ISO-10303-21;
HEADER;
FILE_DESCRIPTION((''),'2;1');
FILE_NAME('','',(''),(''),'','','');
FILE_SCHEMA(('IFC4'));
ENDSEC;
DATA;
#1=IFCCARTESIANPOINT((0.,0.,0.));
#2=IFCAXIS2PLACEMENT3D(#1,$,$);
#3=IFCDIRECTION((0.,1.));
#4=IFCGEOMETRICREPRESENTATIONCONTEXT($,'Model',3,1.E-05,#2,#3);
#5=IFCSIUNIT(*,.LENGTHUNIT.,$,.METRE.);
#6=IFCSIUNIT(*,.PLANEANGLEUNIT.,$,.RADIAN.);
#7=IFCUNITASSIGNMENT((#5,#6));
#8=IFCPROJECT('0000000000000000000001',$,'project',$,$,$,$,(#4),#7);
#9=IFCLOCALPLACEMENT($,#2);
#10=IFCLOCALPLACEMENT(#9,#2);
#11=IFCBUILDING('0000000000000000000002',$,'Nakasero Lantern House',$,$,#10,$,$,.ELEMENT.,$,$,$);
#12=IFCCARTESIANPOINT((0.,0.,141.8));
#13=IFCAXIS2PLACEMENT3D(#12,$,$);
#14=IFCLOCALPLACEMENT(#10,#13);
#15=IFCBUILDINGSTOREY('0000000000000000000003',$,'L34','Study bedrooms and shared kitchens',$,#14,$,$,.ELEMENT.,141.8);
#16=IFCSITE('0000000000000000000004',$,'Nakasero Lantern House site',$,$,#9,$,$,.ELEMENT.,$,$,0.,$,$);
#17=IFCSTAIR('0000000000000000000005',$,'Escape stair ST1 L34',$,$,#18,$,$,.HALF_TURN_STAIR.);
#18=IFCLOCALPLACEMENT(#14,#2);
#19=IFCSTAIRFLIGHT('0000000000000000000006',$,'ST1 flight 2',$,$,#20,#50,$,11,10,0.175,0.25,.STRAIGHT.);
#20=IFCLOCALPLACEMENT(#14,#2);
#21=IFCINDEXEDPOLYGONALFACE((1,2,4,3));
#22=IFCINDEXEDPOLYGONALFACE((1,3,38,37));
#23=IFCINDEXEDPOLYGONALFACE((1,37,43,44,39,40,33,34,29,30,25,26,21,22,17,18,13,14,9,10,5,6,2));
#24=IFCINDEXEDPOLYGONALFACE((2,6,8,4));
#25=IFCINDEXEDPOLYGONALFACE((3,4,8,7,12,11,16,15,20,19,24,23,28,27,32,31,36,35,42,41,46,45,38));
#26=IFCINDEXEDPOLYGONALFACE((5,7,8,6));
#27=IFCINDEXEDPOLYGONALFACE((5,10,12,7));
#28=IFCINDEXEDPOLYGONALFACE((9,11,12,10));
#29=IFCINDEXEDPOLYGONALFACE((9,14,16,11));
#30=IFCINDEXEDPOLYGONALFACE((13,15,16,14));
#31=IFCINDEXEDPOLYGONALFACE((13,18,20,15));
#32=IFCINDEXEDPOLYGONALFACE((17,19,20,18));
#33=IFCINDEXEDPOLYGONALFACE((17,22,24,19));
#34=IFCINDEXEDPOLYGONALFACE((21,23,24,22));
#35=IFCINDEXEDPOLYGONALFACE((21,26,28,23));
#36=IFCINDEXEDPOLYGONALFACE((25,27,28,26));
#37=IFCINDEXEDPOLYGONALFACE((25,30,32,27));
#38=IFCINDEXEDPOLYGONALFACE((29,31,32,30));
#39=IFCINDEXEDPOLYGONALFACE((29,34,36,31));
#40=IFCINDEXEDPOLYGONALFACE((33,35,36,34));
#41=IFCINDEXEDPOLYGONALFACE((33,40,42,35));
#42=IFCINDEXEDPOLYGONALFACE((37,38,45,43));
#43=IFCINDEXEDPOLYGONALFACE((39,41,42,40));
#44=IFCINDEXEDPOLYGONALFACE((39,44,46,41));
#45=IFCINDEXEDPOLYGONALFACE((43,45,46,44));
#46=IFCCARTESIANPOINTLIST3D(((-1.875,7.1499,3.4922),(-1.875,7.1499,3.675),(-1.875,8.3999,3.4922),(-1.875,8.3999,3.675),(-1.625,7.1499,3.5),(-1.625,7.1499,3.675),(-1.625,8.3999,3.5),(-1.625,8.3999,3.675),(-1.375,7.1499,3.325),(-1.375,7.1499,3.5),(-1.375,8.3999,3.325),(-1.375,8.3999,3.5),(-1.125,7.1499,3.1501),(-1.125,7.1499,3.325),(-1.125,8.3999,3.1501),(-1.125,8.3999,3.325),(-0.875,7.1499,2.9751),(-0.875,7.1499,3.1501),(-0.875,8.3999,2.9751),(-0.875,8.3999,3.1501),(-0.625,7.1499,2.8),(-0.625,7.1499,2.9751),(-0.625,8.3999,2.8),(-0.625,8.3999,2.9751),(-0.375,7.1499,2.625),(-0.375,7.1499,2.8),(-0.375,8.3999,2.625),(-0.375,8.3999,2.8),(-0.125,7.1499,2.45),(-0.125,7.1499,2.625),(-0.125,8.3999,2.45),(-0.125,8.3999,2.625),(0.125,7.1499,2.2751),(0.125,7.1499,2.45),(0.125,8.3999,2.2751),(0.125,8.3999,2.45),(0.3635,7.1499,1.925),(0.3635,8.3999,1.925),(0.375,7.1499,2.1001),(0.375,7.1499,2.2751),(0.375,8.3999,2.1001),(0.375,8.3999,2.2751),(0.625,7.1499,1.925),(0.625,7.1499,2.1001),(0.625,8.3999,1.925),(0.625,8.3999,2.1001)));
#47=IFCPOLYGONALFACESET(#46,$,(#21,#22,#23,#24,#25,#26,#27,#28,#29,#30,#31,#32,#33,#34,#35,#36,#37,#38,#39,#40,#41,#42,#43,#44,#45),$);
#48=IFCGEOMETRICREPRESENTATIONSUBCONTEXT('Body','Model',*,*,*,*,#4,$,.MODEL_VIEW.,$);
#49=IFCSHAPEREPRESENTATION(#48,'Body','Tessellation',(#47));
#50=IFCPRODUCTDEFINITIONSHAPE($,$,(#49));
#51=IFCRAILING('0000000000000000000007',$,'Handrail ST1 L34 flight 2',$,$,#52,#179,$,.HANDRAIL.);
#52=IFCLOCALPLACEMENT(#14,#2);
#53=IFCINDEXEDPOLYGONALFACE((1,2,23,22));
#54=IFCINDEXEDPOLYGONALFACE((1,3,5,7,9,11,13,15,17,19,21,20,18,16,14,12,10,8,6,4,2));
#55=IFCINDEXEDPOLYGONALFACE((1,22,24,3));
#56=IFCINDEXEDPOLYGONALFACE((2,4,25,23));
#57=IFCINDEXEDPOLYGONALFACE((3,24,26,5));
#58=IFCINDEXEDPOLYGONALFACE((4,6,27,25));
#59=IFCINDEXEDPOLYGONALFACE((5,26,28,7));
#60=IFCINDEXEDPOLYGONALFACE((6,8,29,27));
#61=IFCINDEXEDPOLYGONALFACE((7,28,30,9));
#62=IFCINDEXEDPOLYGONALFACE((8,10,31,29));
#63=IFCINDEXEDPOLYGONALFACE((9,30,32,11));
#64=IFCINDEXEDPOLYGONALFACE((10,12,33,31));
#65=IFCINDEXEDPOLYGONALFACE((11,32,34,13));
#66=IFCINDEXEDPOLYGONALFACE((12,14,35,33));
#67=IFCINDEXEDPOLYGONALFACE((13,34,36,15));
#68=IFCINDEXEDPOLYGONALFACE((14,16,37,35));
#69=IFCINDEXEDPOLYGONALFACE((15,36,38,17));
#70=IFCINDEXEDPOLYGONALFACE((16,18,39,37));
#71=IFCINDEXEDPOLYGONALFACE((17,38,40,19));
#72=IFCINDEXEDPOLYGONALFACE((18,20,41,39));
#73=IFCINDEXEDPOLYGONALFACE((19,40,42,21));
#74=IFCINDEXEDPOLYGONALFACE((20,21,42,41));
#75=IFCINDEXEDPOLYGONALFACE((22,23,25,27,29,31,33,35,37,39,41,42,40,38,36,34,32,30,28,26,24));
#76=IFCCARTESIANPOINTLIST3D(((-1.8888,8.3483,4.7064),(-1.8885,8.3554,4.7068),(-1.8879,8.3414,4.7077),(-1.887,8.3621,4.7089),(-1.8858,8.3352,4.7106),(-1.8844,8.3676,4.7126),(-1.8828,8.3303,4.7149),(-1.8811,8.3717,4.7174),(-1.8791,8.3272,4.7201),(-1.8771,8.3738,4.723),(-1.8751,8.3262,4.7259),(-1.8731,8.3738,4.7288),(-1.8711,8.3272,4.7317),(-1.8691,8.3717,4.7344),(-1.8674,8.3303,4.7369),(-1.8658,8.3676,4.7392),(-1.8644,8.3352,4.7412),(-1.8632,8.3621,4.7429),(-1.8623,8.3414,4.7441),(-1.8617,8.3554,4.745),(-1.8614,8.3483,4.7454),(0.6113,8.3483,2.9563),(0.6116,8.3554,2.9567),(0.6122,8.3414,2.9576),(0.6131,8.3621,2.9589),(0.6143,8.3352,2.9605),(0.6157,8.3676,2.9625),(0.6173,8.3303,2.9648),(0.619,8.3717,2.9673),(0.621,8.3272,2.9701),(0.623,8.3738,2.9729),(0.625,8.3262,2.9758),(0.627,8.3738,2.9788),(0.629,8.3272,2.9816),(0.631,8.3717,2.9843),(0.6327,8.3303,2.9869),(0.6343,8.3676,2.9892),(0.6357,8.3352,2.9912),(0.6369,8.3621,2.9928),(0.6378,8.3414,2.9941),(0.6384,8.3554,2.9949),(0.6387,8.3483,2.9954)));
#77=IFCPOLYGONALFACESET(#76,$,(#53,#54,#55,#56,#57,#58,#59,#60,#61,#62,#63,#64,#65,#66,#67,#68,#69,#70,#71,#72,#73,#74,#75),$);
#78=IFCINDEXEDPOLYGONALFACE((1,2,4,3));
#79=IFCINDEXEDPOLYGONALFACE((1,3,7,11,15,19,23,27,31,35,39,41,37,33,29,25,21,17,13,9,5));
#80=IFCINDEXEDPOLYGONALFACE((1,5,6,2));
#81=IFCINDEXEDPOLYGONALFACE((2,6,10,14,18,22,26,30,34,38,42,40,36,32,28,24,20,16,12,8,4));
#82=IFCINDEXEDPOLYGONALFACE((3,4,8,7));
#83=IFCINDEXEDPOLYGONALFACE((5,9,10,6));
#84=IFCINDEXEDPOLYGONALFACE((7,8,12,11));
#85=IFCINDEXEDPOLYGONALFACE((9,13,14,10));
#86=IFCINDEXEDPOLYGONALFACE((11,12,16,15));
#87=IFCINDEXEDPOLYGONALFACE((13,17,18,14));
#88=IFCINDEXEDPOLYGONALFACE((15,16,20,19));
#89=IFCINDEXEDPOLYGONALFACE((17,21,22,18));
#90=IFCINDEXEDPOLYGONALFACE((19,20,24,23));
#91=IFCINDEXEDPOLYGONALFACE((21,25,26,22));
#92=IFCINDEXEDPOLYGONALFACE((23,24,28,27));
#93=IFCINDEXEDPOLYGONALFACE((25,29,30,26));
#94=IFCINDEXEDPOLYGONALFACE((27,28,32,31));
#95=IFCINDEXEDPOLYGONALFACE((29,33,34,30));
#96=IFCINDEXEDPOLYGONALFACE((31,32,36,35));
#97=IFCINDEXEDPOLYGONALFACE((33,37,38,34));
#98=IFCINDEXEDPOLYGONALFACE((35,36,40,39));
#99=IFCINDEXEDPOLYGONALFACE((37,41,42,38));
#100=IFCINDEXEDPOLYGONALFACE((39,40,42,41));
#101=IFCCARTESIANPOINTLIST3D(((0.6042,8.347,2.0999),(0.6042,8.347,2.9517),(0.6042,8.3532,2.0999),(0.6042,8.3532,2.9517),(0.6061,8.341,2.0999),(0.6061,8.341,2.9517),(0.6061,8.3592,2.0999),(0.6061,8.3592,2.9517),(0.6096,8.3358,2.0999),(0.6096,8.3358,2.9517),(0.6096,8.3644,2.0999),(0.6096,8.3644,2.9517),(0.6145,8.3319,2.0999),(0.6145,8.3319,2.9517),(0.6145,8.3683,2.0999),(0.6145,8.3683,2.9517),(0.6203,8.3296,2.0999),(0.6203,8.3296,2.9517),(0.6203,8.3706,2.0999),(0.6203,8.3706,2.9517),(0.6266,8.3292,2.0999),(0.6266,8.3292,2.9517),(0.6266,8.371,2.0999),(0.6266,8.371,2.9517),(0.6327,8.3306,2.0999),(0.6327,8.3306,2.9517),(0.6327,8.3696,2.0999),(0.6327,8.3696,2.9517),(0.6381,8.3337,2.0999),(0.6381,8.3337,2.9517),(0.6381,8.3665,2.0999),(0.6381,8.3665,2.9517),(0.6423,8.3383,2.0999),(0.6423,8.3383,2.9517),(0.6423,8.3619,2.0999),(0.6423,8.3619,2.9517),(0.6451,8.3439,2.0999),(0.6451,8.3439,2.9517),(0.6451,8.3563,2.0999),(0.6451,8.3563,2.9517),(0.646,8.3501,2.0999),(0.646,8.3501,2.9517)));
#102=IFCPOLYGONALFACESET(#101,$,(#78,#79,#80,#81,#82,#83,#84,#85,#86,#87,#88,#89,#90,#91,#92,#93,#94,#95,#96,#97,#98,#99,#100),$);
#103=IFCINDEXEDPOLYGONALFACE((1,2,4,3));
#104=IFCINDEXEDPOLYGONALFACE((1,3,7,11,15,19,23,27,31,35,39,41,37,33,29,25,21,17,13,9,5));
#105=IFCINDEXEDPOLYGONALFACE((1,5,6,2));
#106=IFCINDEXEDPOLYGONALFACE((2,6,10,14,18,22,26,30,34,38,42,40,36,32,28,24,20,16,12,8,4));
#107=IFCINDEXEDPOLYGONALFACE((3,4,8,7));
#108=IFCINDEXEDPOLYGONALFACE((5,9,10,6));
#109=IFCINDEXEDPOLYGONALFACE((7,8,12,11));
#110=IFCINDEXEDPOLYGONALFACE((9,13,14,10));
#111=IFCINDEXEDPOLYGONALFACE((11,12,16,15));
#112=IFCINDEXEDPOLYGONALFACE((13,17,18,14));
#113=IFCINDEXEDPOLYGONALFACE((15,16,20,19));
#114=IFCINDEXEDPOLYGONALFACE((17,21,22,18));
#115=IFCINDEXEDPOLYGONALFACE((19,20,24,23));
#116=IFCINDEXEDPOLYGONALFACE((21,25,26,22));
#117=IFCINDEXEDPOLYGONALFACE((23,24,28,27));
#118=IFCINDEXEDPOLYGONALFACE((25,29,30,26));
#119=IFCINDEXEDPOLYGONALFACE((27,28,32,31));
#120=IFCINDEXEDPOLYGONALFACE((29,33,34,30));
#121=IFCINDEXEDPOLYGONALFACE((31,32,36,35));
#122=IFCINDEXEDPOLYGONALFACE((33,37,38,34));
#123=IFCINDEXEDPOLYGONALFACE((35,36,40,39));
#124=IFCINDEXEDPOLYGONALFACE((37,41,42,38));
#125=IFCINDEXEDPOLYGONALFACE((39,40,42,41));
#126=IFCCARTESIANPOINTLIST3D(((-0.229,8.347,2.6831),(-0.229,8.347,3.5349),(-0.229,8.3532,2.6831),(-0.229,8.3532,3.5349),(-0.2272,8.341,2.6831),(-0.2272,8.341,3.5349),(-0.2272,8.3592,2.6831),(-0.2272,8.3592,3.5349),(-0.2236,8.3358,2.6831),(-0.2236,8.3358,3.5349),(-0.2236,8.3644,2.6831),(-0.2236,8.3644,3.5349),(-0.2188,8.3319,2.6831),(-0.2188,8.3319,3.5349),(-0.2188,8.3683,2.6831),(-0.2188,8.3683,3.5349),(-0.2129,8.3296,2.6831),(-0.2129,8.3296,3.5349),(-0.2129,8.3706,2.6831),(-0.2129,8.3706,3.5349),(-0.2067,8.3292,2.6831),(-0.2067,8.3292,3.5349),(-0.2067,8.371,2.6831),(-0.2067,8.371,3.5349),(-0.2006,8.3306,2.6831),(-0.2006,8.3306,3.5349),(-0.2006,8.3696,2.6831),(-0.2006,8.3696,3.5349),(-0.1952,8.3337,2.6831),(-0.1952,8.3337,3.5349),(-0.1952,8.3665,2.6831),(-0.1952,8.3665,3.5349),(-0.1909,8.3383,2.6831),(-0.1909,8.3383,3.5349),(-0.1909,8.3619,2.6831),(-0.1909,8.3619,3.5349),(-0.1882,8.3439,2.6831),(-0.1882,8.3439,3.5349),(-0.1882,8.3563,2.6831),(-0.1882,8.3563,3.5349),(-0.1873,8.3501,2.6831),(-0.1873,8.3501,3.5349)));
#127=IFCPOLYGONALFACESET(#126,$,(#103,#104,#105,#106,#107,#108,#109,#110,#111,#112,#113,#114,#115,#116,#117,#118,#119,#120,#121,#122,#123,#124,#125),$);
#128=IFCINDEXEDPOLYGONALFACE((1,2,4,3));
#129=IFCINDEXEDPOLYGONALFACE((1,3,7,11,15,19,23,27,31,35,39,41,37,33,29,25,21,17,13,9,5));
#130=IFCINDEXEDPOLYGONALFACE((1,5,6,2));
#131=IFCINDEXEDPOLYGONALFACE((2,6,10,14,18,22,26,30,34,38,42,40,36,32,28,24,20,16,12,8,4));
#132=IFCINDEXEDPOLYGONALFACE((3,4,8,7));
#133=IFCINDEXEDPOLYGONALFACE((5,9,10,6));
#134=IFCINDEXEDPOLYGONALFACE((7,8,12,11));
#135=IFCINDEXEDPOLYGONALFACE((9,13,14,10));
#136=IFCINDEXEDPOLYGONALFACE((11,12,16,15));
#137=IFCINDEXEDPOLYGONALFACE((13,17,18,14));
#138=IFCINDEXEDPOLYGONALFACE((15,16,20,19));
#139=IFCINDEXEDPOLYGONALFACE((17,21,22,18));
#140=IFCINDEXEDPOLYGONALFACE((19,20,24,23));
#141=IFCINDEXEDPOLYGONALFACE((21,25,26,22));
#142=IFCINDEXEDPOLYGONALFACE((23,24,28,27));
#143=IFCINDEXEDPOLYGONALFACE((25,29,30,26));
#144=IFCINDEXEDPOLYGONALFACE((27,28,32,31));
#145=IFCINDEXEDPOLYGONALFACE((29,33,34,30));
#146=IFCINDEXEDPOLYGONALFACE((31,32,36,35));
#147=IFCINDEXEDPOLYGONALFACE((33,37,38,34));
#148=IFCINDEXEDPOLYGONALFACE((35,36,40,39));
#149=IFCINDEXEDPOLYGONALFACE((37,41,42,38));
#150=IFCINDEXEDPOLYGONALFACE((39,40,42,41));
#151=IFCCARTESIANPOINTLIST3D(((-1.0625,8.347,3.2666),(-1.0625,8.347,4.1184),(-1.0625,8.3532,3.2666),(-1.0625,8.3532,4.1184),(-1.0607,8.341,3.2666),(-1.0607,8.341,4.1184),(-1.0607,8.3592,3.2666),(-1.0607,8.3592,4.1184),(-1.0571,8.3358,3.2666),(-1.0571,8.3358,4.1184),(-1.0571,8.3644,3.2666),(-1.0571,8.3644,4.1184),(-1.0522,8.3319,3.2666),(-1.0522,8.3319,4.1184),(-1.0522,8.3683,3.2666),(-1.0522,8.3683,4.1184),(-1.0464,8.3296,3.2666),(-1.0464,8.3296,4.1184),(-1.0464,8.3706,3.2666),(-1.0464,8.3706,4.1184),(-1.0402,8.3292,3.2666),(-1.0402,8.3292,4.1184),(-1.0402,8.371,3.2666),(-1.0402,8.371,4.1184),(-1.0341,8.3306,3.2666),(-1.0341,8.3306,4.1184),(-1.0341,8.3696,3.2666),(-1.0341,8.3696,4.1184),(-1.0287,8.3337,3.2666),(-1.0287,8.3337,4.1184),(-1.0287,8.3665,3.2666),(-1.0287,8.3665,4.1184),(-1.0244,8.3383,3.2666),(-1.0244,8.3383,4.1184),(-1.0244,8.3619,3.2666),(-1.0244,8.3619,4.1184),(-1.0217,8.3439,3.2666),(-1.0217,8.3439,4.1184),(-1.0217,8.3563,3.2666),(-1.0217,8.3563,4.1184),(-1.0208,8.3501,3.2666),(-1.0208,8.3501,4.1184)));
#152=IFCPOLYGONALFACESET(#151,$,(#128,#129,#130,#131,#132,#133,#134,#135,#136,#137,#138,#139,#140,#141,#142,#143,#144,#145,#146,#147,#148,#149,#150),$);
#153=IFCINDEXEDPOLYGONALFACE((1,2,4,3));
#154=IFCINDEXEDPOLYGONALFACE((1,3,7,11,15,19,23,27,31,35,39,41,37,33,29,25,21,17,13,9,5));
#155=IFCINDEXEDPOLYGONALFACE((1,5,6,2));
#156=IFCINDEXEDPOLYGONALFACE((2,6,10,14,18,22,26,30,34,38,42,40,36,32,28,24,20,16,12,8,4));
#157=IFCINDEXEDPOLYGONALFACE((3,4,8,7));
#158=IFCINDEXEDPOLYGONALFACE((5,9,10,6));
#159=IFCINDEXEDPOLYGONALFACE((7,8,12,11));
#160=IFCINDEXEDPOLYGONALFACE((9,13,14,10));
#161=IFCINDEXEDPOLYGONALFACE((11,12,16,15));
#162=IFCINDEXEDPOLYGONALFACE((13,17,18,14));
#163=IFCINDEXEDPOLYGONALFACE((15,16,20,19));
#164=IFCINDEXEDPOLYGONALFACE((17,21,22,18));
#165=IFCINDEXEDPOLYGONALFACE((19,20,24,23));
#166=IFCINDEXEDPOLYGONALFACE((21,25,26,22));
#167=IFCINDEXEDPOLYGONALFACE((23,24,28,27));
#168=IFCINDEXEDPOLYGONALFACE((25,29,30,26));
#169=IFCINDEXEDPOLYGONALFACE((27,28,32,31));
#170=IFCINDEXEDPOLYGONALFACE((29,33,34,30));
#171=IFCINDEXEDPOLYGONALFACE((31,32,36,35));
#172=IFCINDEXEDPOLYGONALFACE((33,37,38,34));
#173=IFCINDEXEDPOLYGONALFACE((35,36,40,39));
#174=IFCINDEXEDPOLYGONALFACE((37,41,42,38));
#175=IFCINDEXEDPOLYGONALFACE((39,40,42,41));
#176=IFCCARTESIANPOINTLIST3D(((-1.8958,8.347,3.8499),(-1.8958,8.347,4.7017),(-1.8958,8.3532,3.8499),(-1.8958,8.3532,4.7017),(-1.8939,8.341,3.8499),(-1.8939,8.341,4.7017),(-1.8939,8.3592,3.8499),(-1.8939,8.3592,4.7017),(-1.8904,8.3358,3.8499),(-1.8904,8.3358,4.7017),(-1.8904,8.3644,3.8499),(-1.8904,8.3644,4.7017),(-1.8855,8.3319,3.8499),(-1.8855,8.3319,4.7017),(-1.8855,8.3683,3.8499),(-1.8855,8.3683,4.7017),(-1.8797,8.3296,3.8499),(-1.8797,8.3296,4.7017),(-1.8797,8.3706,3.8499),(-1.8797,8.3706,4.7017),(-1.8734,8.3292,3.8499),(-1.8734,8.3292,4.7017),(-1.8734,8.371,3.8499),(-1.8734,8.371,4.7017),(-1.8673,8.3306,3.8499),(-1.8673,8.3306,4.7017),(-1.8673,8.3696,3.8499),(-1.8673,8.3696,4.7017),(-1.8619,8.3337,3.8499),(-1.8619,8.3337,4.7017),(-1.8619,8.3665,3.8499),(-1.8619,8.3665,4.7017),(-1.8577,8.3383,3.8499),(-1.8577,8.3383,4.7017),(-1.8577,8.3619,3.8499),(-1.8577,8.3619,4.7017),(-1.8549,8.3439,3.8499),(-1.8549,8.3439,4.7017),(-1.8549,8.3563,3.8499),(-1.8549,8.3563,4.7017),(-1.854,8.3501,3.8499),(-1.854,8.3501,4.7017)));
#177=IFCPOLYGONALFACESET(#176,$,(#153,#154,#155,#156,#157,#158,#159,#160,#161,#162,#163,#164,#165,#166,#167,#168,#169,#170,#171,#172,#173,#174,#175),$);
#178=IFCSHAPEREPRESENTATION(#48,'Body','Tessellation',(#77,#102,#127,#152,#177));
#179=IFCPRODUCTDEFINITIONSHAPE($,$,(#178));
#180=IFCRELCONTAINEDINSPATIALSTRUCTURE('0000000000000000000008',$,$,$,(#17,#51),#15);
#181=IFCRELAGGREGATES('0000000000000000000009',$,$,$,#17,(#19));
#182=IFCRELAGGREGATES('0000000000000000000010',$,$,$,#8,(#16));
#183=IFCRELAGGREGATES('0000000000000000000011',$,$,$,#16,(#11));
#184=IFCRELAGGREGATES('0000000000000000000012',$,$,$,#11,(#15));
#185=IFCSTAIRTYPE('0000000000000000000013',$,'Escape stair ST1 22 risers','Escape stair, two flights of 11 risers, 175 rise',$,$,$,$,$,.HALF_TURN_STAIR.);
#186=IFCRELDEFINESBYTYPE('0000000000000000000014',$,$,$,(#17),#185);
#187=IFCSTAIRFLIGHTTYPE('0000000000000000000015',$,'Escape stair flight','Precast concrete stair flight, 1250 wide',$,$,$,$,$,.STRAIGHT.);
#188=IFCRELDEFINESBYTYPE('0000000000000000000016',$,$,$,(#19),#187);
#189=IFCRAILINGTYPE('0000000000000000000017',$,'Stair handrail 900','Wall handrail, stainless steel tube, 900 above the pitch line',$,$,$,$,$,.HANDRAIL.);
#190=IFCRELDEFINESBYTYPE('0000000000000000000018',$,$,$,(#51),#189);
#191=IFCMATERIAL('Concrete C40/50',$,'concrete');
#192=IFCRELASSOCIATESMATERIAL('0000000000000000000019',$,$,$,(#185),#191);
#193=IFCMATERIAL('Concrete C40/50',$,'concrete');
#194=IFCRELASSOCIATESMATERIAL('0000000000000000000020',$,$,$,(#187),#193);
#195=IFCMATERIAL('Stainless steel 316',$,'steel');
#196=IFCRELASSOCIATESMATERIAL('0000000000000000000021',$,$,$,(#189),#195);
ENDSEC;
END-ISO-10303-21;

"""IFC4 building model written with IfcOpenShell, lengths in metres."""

from ifc_helpers import new_model, si_unit, direction, frame, origin, origin_2d, place, context, subcontext, project, spatial, polyline, circle, outline, extrude, material, type_object, element, aggregate, save


model = new_model("IFC4")

# Units and contexts
model_context = context("Model", 3, precision=1e-05, world=origin(), true_north=direction((0.0, 1.0)))
body_context = subcontext(model_context, "Body", "Model", "MODEL_VIEW")
ifc_project = project(units=[si_unit("LENGTHUNIT", "METRE"), si_unit("PLANEANGLEUNIT", "RADIAN")], contexts=[model_context])

# Site, building, storey
site_placement = place(None, origin())
site = spatial("IfcSite", under=ifc_project, at=site_placement, Name="Nakasero Lantern House site", CompositionType="ELEMENT", RefElevation=0.0)
building_placement = place(site_placement, origin())
building = spatial("IfcBuilding", under=site, at=building_placement, Name="Nakasero Lantern House", CompositionType="ELEMENT")
storey_placement = place(building_placement, frame((0.0, 0.0, 141.8)))
storey = spatial("IfcBuildingStorey", under=building, at=storey_placement, Name="L34", Description="Study bedrooms and shared kitchens", CompositionType="ELEMENT", Elevation=141.8)

# Stair
ifc_material_1 = material(Name="Concrete C40/50", Category="concrete")
stair_type_1 = type_object("IfcStairType", Name="Escape stair ST1 22 risers", Description="Escape stair, two flights of 11 risers, 175 rise", PredefinedType="HALF_TURN_STAIR", material=ifc_material_1)
stair_1_placement = place(storey_placement, origin())
stair_1 = element("IfcStair", 1, at=stair_1_placement, inside=storey, type_object=stair_type_1, Name="Escape stair ST1 L34", PredefinedType="HALF_TURN_STAIR")

# Stair flight
ifc_material_2 = material(Name="Concrete C40/50", Category="concrete")
stair_flight_type = type_object("IfcStairFlightType", Name="Escape stair flight", Description="Precast concrete stair flight, 1250 wide", PredefinedType="STRAIGHT", material=ifc_material_2)
stair_flight_placement = place(storey_placement, frame((0.625, 7.7749, 1.925), z_axis=(0.0, 0.0, 1.0), x_axis=(-1.0, 0.0, 0.0)))
stair_flight = element("IfcStairFlight", 2, at=stair_flight_placement, type_object=stair_flight_type, Name="ST1 flight 2", NumberOfRisers=11, NumberOfTreads=10, PredefinedType="STRAIGHT", RiserHeight=0.175, TreadLength=0.25, context=body_context, shape_type="SweptSolid", body=[
    extrude(outline(polyline([(0.0, 0.0), (0.0, 0.175), (0.25, 0.175), (0.25, 0.3501), (0.5, 0.3501), (0.5, 0.5249), (0.75, 0.5249), (0.75, 0.7), (1.0, 0.7), (1.0, 0.875), (1.25, 0.875), (1.25, 1.05), (1.5, 1.05), (1.5, 1.2251), (1.75, 1.2251), (1.75, 1.3999), (2.0, 1.3999), (2.0, 1.575), (2.25, 1.575), (2.25, 1.75), (2.5, 1.75), (2.5, 1.925), (2.5, 1.5671), (0.2615, 0.0), (0.0, 0.0)])), frame((0.0, 0.625, 0.0), z_axis=(0.0, -1.0, 0.0), x_axis=(1.0, 0.0, 0.0)), (0.0, 0.0, 1.0), 1.25),
])
aggregate(stair_1, [stair_flight])

# Railing
ifc_material_3 = material(Name="Stainless steel 316", Category="steel")
railing_type = type_object("IfcRailingType", Name="Stair handrail 900", Description="Wall handrail, stainless steel tube, 900 above the pitch line", PredefinedType="HANDRAIL", material=ifc_material_3)
railing_placement = place(storey_placement, frame((0.625, 8.3501, 2.0999)))
element("IfcRailing", 3, at=railing_placement, inside=storey, type_object=railing_type, Name="Handrail ST1 L34 flight 2", PredefinedType="HANDRAIL", context=body_context, shape_type="SweptSolid", body=[
    extrude(circle(Radius=0.0239, at=origin_2d()), frame((0.0, 0.0, 0.876), z_axis=(-0.819232, 0.0, 0.573462), x_axis=(0.0, -1.0, 0.0)), (0.0, 0.0, 1.0), 3.0518),
    extrude(circle(Radius=0.021, at=origin_2d()), origin(), (0.0, 0.0, 1.0), 0.8518),
    extrude(circle(Radius=0.021, at=origin_2d()), frame((-0.8333, 0.0, 0.5833)), (0.0, 0.0, 1.0), 0.8518),
    extrude(circle(Radius=0.021, at=origin_2d()), frame((-1.6667, 0.0, 1.1667)), (0.0, 0.0, 1.0), 0.8518),
    extrude(circle(Radius=0.021, at=origin_2d()), frame((-2.5, 0.0, 1.75)), (0.0, 0.0, 1.0), 0.8518),
])

save(model, "model.ifc")
